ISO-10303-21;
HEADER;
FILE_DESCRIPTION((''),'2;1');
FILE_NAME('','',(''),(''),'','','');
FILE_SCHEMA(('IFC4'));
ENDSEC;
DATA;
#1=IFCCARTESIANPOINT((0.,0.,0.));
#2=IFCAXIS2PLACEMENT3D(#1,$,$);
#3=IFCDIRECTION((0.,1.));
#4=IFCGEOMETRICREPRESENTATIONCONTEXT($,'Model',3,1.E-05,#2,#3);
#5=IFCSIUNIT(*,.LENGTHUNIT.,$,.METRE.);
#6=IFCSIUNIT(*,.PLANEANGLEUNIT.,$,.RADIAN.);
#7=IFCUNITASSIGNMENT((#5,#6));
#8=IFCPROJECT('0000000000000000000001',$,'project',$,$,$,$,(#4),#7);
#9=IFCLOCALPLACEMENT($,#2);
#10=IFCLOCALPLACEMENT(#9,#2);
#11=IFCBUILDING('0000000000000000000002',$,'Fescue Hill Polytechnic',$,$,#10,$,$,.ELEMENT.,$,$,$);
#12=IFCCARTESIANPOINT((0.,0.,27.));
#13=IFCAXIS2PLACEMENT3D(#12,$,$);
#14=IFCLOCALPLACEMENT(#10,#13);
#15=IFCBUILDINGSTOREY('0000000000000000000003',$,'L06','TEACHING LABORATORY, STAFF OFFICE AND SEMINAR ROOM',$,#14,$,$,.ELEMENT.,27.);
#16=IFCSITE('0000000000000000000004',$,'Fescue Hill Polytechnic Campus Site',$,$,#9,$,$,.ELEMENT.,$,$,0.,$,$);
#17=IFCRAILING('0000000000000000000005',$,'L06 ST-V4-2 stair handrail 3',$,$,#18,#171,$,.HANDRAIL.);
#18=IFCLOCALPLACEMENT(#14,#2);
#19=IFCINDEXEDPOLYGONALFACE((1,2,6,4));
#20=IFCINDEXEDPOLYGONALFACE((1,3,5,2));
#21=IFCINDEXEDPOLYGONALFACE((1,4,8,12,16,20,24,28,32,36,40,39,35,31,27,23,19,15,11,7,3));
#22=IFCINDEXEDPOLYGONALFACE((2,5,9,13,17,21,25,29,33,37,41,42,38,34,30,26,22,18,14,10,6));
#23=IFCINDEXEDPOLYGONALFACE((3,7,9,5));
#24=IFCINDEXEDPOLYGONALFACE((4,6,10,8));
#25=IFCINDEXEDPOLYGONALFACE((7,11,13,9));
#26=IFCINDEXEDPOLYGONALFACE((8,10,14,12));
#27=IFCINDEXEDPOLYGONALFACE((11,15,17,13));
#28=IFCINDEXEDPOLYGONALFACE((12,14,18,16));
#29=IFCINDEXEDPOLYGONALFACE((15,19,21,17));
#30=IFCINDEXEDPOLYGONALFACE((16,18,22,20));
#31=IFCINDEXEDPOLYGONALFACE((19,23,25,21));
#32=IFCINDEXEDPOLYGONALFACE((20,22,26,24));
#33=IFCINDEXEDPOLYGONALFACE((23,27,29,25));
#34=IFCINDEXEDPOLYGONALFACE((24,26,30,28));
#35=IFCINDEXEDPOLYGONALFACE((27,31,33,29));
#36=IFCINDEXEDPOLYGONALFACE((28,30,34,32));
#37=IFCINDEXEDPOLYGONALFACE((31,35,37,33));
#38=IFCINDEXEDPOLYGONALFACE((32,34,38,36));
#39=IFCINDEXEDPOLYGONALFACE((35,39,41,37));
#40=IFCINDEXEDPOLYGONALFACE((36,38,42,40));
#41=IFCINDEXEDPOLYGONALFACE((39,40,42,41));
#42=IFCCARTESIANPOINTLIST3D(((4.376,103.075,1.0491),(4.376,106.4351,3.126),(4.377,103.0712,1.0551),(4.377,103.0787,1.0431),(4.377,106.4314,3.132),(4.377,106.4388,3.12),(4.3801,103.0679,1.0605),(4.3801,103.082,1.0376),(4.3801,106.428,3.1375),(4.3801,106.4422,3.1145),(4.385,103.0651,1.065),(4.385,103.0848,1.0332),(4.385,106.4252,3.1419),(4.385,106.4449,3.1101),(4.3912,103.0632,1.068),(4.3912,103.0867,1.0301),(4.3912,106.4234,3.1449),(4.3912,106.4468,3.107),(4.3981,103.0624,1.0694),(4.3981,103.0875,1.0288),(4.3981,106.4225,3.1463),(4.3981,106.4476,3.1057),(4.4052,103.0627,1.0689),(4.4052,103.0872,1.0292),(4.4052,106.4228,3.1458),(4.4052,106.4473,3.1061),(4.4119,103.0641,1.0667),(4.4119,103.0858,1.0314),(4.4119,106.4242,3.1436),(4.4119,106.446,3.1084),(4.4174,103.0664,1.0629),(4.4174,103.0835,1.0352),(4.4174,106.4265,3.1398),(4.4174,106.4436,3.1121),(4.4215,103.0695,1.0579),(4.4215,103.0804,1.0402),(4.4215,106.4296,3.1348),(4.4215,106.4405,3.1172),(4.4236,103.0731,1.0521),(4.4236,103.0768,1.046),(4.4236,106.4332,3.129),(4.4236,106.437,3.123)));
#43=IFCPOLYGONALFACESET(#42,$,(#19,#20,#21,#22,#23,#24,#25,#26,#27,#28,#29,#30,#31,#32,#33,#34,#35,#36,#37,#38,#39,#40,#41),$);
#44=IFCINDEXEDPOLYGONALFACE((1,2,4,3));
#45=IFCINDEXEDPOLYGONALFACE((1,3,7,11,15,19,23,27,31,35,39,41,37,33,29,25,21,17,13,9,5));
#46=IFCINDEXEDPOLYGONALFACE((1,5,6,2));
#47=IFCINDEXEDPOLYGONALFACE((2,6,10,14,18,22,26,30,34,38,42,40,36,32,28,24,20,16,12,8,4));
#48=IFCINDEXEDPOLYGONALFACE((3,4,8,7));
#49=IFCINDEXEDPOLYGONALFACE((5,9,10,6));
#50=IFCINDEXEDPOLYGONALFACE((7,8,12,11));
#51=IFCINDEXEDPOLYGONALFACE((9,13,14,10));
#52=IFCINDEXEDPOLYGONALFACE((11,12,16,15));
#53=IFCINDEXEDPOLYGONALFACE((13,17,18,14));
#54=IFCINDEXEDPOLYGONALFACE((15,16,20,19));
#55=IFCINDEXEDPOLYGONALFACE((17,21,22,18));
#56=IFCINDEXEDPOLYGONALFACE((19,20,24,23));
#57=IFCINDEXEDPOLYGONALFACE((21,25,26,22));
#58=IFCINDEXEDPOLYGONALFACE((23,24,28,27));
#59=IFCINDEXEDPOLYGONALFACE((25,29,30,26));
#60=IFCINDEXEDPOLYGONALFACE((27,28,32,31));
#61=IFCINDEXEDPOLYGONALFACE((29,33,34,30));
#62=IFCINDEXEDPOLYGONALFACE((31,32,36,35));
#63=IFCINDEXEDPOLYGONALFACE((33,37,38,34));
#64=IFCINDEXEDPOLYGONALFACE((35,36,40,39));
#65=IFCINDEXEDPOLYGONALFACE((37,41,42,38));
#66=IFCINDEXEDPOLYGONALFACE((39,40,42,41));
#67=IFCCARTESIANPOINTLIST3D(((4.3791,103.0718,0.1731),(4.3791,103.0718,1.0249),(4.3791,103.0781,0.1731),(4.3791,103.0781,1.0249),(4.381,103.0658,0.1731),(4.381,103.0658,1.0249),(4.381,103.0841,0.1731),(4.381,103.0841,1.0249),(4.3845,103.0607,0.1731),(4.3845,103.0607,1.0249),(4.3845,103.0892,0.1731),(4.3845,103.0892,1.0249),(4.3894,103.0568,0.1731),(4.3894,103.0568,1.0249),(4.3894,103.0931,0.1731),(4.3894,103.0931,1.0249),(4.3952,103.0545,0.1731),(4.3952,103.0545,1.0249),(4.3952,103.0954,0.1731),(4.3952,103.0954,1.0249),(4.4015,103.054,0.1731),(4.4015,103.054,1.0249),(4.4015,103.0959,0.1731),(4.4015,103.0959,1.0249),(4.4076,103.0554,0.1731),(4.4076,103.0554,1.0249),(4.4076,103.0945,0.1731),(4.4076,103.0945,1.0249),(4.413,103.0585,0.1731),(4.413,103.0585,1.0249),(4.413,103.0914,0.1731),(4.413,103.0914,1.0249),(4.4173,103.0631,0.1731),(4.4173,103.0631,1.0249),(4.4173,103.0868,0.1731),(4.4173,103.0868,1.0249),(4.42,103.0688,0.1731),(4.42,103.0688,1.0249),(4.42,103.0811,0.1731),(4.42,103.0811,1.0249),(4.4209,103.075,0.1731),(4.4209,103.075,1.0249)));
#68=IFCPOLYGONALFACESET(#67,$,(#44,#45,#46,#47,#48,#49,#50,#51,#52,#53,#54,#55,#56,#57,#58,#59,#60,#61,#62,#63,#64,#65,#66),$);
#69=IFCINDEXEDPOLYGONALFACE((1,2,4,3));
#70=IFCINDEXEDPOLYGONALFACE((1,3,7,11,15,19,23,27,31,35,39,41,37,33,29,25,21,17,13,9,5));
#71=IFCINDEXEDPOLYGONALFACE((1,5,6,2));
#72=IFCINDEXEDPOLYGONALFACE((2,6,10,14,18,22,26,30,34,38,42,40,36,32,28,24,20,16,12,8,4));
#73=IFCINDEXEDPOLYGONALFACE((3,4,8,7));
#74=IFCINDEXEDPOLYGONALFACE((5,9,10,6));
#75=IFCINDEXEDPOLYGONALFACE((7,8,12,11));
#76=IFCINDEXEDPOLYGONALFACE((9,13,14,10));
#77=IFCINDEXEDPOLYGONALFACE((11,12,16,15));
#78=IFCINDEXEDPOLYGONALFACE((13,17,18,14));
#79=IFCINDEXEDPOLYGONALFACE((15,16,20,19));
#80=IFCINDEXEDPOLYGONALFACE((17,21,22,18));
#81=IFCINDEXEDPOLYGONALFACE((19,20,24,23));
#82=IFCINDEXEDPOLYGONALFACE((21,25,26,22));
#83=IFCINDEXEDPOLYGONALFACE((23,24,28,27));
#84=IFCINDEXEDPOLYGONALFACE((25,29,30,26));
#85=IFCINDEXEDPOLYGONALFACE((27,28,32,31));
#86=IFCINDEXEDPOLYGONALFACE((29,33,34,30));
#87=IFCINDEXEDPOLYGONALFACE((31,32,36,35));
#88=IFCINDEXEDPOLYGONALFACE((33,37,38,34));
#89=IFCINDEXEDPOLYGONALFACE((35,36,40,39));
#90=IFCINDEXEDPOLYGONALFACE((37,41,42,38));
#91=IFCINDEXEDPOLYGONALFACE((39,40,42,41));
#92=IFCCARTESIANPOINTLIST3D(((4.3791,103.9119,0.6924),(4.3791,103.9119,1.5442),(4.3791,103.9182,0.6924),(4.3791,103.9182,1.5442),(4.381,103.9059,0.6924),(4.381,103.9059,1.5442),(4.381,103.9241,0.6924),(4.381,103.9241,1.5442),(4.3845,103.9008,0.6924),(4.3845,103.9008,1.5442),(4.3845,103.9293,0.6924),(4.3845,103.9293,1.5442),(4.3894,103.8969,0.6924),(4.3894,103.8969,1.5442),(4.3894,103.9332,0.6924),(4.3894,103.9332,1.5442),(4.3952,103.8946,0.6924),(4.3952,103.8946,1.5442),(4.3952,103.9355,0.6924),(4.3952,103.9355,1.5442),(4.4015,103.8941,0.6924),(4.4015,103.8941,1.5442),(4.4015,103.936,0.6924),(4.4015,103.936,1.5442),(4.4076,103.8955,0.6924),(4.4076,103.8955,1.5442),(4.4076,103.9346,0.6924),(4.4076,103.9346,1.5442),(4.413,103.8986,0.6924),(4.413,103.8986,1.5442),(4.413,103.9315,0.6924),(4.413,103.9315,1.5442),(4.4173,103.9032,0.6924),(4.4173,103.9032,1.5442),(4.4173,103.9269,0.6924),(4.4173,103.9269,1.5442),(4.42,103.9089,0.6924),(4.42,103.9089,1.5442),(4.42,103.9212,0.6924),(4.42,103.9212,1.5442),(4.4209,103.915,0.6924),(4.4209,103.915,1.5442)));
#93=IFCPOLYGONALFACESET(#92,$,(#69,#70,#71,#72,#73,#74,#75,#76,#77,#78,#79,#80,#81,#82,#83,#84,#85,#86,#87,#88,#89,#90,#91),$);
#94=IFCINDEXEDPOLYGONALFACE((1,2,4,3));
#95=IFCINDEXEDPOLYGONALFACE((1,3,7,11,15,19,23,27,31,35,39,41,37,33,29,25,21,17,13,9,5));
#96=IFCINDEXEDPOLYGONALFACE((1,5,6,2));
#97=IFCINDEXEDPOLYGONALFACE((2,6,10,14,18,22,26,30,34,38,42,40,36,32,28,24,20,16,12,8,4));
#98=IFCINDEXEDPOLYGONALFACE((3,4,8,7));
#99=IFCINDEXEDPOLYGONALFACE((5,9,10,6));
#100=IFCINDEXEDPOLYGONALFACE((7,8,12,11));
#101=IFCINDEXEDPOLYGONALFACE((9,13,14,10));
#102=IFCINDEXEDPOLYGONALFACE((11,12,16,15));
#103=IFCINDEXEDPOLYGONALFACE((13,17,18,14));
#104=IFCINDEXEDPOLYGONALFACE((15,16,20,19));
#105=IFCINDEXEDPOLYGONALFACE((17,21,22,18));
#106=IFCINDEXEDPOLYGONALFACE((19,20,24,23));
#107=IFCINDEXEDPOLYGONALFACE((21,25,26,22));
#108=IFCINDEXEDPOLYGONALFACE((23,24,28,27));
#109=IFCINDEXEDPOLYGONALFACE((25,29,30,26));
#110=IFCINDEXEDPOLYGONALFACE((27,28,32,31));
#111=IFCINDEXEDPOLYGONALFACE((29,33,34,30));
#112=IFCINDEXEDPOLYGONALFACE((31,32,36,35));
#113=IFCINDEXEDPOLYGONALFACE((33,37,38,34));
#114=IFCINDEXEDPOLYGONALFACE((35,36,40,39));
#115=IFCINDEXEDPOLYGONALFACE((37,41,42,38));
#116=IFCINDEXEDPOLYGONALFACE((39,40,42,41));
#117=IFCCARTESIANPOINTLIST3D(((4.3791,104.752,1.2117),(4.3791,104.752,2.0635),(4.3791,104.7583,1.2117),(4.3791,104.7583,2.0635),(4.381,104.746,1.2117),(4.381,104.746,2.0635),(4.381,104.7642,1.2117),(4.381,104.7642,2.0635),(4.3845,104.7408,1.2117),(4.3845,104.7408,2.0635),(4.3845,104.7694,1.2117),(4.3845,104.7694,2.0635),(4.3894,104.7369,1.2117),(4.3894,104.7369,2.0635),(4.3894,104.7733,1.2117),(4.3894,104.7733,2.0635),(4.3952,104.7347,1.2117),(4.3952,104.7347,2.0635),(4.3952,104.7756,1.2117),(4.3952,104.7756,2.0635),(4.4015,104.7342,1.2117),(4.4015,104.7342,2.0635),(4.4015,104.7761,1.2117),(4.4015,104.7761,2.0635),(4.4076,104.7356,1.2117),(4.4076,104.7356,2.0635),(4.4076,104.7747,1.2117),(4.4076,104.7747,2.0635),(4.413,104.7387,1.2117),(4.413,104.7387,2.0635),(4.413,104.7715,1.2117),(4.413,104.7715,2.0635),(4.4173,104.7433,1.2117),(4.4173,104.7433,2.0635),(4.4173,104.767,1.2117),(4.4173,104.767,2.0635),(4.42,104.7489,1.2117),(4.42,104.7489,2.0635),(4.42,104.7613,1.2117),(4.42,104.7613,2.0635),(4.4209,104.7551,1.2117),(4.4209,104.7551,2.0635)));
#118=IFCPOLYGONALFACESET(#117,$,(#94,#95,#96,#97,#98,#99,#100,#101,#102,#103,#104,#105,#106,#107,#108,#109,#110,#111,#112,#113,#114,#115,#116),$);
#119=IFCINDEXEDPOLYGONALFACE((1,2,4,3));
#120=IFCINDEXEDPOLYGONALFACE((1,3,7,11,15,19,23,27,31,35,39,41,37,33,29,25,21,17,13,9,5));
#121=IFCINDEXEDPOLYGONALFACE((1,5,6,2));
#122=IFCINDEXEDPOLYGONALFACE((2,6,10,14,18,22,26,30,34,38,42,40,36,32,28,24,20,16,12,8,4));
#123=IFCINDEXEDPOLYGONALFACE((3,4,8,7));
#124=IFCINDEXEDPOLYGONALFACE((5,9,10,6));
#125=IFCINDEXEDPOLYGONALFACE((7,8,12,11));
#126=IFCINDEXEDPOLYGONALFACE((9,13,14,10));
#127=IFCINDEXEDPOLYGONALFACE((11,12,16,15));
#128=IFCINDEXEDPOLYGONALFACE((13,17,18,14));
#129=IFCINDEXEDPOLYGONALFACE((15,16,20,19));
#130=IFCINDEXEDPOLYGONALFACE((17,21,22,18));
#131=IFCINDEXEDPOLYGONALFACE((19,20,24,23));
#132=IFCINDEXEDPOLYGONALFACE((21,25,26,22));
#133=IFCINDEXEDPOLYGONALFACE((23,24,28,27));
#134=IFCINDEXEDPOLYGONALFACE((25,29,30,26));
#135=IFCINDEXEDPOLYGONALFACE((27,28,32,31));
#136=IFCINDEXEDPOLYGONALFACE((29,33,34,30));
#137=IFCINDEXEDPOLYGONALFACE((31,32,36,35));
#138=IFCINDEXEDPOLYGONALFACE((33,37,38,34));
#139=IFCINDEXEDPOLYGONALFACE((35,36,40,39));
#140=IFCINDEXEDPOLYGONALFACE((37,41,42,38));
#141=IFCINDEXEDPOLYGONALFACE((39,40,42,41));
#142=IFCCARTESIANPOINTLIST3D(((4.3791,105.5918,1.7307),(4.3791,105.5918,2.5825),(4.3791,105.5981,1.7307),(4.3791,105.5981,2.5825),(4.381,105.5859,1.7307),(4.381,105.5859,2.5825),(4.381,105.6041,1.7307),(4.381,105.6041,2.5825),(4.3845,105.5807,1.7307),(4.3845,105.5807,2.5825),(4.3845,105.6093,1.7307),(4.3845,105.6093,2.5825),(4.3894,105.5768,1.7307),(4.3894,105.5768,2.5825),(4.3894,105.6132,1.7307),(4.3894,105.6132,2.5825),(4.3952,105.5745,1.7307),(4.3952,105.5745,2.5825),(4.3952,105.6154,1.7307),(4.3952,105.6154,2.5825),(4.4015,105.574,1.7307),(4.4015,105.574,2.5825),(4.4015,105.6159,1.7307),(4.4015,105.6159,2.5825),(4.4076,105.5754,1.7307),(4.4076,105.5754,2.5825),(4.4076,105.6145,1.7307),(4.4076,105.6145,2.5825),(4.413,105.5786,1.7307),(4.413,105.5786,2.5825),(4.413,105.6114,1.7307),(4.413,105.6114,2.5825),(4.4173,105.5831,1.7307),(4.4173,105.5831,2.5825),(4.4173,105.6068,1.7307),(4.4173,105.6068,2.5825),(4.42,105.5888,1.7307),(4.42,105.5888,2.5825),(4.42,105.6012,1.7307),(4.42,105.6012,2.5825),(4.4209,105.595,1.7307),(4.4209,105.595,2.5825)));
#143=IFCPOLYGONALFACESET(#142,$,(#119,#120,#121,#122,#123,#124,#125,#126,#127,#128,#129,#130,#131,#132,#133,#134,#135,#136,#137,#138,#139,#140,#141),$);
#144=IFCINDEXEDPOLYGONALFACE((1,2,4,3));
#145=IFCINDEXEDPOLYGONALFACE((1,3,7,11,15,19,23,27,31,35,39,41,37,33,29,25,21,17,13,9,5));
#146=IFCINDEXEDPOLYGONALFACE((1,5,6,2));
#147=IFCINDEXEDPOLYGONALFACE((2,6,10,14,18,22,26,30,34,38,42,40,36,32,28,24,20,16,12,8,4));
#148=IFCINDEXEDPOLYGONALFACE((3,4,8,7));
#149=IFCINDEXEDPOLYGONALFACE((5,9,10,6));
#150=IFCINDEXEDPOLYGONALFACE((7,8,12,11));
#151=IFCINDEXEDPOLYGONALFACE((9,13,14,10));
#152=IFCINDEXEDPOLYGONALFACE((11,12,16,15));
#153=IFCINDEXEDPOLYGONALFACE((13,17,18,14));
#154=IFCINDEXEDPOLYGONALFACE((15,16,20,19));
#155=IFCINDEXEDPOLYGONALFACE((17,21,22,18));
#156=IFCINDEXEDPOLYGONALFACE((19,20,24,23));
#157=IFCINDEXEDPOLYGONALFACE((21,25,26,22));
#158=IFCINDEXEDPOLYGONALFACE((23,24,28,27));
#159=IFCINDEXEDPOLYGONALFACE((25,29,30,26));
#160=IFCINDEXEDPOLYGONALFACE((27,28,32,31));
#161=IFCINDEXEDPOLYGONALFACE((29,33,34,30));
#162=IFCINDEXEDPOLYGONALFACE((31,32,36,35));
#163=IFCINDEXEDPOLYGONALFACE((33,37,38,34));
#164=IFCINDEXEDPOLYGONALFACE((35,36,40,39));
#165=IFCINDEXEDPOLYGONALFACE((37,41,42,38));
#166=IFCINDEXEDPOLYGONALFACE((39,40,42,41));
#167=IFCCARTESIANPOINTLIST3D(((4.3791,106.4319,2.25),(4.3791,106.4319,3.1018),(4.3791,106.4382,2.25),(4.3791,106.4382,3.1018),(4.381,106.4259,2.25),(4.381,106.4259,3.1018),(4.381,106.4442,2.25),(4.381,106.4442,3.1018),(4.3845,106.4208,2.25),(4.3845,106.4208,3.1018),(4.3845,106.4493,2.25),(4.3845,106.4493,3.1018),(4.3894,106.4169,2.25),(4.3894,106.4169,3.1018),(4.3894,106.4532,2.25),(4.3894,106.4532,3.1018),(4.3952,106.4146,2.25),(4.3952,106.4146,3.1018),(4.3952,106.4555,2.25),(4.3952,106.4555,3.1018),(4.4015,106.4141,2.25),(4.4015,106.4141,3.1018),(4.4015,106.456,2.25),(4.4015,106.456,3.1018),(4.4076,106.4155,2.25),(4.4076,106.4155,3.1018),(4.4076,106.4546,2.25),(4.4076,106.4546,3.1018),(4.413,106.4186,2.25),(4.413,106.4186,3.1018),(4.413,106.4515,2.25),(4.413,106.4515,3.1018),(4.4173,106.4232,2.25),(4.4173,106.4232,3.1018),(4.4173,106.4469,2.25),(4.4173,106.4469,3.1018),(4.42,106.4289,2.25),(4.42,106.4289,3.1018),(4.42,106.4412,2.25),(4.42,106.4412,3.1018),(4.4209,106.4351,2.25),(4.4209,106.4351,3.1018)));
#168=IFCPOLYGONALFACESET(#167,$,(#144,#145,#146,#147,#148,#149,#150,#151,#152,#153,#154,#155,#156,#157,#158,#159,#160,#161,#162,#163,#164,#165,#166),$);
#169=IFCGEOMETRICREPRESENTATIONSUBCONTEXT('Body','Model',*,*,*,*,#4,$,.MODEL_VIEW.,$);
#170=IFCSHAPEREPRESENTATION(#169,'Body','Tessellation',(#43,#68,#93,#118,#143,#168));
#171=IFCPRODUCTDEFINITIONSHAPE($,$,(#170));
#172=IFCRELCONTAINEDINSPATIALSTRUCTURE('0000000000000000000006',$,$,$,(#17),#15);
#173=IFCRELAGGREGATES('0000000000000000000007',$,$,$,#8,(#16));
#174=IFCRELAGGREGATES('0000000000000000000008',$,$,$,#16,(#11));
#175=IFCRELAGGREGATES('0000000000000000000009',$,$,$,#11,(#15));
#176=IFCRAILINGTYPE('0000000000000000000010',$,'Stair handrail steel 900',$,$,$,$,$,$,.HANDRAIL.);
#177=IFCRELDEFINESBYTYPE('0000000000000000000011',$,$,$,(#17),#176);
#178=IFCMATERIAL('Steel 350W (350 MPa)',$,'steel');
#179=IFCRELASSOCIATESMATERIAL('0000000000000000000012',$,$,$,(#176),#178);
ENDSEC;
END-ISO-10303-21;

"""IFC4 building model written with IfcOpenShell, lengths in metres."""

from ifc_helpers import new_model, si_unit, direction, frame, origin, origin_2d, place, context, subcontext, project, spatial, circle, extrude, material, type_object, element, save


model = new_model("IFC4")

# Units and contexts
model_context = context("Model", 3, precision=1e-05, world=origin(), true_north=direction((0.0, 1.0)))
body_context = subcontext(model_context, "Body", "Model", "MODEL_VIEW")
ifc_project = project(units=[si_unit("LENGTHUNIT", "METRE"), si_unit("PLANEANGLEUNIT", "RADIAN")], contexts=[model_context])

# Site, building, storey
site_placement = place(None, origin())
site = spatial("IfcSite", under=ifc_project, at=site_placement, Name="Fescue Hill Polytechnic Campus Site", CompositionType="ELEMENT", RefElevation=0.0)
building_placement = place(site_placement, origin())
building = spatial("IfcBuilding", under=site, at=building_placement, Name="Fescue Hill Polytechnic", CompositionType="ELEMENT")
storey_placement = place(building_placement, frame((0.0, 0.0, 27.0)))
storey = spatial("IfcBuildingStorey", under=building, at=storey_placement, Name="L06", Description="TEACHING LABORATORY, STAFF OFFICE AND SEMINAR ROOM", CompositionType="ELEMENT", Elevation=27.0)

# Railing
ifc_material_1 = material(Name="Steel 350W (350 MPa)", Category="steel")
railing_type_1 = type_object("IfcRailingType", Name="Stair handrail steel 900", PredefinedType="HANDRAIL", material=ifc_material_1)
railing_1_placement = place(storey_placement, frame((4.3999, 103.075, 0.1731)))
element("IfcRailing", 1, at=railing_1_placement, inside=storey, type_object=railing_type_1, Name="L06 ST-V4-2 stair handrail 3", PredefinedType="HANDRAIL", context=body_context, shape_type="SweptSolid", body=[
    extrude(circle(Radius=0.0239, at=origin_2d()), frame((0.0, 0.0, 0.876), z_axis=(0.0, 0.850623, 0.525776), x_axis=(-1.0, 0.0, 0.0)), (0.0, 0.0, 1.0), 3.9502),
    extrude(circle(Radius=0.021, at=origin_2d()), origin(), (0.0, 0.0, 1.0), 0.8518),
    extrude(circle(Radius=0.021, at=origin_2d()), frame((0.0, 0.8401, 0.5193)), (0.0, 0.0, 1.0), 0.8518),
    extrude(circle(Radius=0.021, at=origin_2d()), frame((0.0, 1.6802, 1.0386)), (0.0, 0.0, 1.0), 0.8518),
    extrude(circle(Radius=0.021, at=origin_2d()), frame((0.0, 2.52, 1.5576)), (0.0, 0.0, 1.0), 0.8518),
    extrude(circle(Radius=0.021, at=origin_2d()), frame((0.0, 3.3601, 2.0769)), (0.0, 0.0, 1.0), 0.8518),
])

save(model, "model.ifc")
